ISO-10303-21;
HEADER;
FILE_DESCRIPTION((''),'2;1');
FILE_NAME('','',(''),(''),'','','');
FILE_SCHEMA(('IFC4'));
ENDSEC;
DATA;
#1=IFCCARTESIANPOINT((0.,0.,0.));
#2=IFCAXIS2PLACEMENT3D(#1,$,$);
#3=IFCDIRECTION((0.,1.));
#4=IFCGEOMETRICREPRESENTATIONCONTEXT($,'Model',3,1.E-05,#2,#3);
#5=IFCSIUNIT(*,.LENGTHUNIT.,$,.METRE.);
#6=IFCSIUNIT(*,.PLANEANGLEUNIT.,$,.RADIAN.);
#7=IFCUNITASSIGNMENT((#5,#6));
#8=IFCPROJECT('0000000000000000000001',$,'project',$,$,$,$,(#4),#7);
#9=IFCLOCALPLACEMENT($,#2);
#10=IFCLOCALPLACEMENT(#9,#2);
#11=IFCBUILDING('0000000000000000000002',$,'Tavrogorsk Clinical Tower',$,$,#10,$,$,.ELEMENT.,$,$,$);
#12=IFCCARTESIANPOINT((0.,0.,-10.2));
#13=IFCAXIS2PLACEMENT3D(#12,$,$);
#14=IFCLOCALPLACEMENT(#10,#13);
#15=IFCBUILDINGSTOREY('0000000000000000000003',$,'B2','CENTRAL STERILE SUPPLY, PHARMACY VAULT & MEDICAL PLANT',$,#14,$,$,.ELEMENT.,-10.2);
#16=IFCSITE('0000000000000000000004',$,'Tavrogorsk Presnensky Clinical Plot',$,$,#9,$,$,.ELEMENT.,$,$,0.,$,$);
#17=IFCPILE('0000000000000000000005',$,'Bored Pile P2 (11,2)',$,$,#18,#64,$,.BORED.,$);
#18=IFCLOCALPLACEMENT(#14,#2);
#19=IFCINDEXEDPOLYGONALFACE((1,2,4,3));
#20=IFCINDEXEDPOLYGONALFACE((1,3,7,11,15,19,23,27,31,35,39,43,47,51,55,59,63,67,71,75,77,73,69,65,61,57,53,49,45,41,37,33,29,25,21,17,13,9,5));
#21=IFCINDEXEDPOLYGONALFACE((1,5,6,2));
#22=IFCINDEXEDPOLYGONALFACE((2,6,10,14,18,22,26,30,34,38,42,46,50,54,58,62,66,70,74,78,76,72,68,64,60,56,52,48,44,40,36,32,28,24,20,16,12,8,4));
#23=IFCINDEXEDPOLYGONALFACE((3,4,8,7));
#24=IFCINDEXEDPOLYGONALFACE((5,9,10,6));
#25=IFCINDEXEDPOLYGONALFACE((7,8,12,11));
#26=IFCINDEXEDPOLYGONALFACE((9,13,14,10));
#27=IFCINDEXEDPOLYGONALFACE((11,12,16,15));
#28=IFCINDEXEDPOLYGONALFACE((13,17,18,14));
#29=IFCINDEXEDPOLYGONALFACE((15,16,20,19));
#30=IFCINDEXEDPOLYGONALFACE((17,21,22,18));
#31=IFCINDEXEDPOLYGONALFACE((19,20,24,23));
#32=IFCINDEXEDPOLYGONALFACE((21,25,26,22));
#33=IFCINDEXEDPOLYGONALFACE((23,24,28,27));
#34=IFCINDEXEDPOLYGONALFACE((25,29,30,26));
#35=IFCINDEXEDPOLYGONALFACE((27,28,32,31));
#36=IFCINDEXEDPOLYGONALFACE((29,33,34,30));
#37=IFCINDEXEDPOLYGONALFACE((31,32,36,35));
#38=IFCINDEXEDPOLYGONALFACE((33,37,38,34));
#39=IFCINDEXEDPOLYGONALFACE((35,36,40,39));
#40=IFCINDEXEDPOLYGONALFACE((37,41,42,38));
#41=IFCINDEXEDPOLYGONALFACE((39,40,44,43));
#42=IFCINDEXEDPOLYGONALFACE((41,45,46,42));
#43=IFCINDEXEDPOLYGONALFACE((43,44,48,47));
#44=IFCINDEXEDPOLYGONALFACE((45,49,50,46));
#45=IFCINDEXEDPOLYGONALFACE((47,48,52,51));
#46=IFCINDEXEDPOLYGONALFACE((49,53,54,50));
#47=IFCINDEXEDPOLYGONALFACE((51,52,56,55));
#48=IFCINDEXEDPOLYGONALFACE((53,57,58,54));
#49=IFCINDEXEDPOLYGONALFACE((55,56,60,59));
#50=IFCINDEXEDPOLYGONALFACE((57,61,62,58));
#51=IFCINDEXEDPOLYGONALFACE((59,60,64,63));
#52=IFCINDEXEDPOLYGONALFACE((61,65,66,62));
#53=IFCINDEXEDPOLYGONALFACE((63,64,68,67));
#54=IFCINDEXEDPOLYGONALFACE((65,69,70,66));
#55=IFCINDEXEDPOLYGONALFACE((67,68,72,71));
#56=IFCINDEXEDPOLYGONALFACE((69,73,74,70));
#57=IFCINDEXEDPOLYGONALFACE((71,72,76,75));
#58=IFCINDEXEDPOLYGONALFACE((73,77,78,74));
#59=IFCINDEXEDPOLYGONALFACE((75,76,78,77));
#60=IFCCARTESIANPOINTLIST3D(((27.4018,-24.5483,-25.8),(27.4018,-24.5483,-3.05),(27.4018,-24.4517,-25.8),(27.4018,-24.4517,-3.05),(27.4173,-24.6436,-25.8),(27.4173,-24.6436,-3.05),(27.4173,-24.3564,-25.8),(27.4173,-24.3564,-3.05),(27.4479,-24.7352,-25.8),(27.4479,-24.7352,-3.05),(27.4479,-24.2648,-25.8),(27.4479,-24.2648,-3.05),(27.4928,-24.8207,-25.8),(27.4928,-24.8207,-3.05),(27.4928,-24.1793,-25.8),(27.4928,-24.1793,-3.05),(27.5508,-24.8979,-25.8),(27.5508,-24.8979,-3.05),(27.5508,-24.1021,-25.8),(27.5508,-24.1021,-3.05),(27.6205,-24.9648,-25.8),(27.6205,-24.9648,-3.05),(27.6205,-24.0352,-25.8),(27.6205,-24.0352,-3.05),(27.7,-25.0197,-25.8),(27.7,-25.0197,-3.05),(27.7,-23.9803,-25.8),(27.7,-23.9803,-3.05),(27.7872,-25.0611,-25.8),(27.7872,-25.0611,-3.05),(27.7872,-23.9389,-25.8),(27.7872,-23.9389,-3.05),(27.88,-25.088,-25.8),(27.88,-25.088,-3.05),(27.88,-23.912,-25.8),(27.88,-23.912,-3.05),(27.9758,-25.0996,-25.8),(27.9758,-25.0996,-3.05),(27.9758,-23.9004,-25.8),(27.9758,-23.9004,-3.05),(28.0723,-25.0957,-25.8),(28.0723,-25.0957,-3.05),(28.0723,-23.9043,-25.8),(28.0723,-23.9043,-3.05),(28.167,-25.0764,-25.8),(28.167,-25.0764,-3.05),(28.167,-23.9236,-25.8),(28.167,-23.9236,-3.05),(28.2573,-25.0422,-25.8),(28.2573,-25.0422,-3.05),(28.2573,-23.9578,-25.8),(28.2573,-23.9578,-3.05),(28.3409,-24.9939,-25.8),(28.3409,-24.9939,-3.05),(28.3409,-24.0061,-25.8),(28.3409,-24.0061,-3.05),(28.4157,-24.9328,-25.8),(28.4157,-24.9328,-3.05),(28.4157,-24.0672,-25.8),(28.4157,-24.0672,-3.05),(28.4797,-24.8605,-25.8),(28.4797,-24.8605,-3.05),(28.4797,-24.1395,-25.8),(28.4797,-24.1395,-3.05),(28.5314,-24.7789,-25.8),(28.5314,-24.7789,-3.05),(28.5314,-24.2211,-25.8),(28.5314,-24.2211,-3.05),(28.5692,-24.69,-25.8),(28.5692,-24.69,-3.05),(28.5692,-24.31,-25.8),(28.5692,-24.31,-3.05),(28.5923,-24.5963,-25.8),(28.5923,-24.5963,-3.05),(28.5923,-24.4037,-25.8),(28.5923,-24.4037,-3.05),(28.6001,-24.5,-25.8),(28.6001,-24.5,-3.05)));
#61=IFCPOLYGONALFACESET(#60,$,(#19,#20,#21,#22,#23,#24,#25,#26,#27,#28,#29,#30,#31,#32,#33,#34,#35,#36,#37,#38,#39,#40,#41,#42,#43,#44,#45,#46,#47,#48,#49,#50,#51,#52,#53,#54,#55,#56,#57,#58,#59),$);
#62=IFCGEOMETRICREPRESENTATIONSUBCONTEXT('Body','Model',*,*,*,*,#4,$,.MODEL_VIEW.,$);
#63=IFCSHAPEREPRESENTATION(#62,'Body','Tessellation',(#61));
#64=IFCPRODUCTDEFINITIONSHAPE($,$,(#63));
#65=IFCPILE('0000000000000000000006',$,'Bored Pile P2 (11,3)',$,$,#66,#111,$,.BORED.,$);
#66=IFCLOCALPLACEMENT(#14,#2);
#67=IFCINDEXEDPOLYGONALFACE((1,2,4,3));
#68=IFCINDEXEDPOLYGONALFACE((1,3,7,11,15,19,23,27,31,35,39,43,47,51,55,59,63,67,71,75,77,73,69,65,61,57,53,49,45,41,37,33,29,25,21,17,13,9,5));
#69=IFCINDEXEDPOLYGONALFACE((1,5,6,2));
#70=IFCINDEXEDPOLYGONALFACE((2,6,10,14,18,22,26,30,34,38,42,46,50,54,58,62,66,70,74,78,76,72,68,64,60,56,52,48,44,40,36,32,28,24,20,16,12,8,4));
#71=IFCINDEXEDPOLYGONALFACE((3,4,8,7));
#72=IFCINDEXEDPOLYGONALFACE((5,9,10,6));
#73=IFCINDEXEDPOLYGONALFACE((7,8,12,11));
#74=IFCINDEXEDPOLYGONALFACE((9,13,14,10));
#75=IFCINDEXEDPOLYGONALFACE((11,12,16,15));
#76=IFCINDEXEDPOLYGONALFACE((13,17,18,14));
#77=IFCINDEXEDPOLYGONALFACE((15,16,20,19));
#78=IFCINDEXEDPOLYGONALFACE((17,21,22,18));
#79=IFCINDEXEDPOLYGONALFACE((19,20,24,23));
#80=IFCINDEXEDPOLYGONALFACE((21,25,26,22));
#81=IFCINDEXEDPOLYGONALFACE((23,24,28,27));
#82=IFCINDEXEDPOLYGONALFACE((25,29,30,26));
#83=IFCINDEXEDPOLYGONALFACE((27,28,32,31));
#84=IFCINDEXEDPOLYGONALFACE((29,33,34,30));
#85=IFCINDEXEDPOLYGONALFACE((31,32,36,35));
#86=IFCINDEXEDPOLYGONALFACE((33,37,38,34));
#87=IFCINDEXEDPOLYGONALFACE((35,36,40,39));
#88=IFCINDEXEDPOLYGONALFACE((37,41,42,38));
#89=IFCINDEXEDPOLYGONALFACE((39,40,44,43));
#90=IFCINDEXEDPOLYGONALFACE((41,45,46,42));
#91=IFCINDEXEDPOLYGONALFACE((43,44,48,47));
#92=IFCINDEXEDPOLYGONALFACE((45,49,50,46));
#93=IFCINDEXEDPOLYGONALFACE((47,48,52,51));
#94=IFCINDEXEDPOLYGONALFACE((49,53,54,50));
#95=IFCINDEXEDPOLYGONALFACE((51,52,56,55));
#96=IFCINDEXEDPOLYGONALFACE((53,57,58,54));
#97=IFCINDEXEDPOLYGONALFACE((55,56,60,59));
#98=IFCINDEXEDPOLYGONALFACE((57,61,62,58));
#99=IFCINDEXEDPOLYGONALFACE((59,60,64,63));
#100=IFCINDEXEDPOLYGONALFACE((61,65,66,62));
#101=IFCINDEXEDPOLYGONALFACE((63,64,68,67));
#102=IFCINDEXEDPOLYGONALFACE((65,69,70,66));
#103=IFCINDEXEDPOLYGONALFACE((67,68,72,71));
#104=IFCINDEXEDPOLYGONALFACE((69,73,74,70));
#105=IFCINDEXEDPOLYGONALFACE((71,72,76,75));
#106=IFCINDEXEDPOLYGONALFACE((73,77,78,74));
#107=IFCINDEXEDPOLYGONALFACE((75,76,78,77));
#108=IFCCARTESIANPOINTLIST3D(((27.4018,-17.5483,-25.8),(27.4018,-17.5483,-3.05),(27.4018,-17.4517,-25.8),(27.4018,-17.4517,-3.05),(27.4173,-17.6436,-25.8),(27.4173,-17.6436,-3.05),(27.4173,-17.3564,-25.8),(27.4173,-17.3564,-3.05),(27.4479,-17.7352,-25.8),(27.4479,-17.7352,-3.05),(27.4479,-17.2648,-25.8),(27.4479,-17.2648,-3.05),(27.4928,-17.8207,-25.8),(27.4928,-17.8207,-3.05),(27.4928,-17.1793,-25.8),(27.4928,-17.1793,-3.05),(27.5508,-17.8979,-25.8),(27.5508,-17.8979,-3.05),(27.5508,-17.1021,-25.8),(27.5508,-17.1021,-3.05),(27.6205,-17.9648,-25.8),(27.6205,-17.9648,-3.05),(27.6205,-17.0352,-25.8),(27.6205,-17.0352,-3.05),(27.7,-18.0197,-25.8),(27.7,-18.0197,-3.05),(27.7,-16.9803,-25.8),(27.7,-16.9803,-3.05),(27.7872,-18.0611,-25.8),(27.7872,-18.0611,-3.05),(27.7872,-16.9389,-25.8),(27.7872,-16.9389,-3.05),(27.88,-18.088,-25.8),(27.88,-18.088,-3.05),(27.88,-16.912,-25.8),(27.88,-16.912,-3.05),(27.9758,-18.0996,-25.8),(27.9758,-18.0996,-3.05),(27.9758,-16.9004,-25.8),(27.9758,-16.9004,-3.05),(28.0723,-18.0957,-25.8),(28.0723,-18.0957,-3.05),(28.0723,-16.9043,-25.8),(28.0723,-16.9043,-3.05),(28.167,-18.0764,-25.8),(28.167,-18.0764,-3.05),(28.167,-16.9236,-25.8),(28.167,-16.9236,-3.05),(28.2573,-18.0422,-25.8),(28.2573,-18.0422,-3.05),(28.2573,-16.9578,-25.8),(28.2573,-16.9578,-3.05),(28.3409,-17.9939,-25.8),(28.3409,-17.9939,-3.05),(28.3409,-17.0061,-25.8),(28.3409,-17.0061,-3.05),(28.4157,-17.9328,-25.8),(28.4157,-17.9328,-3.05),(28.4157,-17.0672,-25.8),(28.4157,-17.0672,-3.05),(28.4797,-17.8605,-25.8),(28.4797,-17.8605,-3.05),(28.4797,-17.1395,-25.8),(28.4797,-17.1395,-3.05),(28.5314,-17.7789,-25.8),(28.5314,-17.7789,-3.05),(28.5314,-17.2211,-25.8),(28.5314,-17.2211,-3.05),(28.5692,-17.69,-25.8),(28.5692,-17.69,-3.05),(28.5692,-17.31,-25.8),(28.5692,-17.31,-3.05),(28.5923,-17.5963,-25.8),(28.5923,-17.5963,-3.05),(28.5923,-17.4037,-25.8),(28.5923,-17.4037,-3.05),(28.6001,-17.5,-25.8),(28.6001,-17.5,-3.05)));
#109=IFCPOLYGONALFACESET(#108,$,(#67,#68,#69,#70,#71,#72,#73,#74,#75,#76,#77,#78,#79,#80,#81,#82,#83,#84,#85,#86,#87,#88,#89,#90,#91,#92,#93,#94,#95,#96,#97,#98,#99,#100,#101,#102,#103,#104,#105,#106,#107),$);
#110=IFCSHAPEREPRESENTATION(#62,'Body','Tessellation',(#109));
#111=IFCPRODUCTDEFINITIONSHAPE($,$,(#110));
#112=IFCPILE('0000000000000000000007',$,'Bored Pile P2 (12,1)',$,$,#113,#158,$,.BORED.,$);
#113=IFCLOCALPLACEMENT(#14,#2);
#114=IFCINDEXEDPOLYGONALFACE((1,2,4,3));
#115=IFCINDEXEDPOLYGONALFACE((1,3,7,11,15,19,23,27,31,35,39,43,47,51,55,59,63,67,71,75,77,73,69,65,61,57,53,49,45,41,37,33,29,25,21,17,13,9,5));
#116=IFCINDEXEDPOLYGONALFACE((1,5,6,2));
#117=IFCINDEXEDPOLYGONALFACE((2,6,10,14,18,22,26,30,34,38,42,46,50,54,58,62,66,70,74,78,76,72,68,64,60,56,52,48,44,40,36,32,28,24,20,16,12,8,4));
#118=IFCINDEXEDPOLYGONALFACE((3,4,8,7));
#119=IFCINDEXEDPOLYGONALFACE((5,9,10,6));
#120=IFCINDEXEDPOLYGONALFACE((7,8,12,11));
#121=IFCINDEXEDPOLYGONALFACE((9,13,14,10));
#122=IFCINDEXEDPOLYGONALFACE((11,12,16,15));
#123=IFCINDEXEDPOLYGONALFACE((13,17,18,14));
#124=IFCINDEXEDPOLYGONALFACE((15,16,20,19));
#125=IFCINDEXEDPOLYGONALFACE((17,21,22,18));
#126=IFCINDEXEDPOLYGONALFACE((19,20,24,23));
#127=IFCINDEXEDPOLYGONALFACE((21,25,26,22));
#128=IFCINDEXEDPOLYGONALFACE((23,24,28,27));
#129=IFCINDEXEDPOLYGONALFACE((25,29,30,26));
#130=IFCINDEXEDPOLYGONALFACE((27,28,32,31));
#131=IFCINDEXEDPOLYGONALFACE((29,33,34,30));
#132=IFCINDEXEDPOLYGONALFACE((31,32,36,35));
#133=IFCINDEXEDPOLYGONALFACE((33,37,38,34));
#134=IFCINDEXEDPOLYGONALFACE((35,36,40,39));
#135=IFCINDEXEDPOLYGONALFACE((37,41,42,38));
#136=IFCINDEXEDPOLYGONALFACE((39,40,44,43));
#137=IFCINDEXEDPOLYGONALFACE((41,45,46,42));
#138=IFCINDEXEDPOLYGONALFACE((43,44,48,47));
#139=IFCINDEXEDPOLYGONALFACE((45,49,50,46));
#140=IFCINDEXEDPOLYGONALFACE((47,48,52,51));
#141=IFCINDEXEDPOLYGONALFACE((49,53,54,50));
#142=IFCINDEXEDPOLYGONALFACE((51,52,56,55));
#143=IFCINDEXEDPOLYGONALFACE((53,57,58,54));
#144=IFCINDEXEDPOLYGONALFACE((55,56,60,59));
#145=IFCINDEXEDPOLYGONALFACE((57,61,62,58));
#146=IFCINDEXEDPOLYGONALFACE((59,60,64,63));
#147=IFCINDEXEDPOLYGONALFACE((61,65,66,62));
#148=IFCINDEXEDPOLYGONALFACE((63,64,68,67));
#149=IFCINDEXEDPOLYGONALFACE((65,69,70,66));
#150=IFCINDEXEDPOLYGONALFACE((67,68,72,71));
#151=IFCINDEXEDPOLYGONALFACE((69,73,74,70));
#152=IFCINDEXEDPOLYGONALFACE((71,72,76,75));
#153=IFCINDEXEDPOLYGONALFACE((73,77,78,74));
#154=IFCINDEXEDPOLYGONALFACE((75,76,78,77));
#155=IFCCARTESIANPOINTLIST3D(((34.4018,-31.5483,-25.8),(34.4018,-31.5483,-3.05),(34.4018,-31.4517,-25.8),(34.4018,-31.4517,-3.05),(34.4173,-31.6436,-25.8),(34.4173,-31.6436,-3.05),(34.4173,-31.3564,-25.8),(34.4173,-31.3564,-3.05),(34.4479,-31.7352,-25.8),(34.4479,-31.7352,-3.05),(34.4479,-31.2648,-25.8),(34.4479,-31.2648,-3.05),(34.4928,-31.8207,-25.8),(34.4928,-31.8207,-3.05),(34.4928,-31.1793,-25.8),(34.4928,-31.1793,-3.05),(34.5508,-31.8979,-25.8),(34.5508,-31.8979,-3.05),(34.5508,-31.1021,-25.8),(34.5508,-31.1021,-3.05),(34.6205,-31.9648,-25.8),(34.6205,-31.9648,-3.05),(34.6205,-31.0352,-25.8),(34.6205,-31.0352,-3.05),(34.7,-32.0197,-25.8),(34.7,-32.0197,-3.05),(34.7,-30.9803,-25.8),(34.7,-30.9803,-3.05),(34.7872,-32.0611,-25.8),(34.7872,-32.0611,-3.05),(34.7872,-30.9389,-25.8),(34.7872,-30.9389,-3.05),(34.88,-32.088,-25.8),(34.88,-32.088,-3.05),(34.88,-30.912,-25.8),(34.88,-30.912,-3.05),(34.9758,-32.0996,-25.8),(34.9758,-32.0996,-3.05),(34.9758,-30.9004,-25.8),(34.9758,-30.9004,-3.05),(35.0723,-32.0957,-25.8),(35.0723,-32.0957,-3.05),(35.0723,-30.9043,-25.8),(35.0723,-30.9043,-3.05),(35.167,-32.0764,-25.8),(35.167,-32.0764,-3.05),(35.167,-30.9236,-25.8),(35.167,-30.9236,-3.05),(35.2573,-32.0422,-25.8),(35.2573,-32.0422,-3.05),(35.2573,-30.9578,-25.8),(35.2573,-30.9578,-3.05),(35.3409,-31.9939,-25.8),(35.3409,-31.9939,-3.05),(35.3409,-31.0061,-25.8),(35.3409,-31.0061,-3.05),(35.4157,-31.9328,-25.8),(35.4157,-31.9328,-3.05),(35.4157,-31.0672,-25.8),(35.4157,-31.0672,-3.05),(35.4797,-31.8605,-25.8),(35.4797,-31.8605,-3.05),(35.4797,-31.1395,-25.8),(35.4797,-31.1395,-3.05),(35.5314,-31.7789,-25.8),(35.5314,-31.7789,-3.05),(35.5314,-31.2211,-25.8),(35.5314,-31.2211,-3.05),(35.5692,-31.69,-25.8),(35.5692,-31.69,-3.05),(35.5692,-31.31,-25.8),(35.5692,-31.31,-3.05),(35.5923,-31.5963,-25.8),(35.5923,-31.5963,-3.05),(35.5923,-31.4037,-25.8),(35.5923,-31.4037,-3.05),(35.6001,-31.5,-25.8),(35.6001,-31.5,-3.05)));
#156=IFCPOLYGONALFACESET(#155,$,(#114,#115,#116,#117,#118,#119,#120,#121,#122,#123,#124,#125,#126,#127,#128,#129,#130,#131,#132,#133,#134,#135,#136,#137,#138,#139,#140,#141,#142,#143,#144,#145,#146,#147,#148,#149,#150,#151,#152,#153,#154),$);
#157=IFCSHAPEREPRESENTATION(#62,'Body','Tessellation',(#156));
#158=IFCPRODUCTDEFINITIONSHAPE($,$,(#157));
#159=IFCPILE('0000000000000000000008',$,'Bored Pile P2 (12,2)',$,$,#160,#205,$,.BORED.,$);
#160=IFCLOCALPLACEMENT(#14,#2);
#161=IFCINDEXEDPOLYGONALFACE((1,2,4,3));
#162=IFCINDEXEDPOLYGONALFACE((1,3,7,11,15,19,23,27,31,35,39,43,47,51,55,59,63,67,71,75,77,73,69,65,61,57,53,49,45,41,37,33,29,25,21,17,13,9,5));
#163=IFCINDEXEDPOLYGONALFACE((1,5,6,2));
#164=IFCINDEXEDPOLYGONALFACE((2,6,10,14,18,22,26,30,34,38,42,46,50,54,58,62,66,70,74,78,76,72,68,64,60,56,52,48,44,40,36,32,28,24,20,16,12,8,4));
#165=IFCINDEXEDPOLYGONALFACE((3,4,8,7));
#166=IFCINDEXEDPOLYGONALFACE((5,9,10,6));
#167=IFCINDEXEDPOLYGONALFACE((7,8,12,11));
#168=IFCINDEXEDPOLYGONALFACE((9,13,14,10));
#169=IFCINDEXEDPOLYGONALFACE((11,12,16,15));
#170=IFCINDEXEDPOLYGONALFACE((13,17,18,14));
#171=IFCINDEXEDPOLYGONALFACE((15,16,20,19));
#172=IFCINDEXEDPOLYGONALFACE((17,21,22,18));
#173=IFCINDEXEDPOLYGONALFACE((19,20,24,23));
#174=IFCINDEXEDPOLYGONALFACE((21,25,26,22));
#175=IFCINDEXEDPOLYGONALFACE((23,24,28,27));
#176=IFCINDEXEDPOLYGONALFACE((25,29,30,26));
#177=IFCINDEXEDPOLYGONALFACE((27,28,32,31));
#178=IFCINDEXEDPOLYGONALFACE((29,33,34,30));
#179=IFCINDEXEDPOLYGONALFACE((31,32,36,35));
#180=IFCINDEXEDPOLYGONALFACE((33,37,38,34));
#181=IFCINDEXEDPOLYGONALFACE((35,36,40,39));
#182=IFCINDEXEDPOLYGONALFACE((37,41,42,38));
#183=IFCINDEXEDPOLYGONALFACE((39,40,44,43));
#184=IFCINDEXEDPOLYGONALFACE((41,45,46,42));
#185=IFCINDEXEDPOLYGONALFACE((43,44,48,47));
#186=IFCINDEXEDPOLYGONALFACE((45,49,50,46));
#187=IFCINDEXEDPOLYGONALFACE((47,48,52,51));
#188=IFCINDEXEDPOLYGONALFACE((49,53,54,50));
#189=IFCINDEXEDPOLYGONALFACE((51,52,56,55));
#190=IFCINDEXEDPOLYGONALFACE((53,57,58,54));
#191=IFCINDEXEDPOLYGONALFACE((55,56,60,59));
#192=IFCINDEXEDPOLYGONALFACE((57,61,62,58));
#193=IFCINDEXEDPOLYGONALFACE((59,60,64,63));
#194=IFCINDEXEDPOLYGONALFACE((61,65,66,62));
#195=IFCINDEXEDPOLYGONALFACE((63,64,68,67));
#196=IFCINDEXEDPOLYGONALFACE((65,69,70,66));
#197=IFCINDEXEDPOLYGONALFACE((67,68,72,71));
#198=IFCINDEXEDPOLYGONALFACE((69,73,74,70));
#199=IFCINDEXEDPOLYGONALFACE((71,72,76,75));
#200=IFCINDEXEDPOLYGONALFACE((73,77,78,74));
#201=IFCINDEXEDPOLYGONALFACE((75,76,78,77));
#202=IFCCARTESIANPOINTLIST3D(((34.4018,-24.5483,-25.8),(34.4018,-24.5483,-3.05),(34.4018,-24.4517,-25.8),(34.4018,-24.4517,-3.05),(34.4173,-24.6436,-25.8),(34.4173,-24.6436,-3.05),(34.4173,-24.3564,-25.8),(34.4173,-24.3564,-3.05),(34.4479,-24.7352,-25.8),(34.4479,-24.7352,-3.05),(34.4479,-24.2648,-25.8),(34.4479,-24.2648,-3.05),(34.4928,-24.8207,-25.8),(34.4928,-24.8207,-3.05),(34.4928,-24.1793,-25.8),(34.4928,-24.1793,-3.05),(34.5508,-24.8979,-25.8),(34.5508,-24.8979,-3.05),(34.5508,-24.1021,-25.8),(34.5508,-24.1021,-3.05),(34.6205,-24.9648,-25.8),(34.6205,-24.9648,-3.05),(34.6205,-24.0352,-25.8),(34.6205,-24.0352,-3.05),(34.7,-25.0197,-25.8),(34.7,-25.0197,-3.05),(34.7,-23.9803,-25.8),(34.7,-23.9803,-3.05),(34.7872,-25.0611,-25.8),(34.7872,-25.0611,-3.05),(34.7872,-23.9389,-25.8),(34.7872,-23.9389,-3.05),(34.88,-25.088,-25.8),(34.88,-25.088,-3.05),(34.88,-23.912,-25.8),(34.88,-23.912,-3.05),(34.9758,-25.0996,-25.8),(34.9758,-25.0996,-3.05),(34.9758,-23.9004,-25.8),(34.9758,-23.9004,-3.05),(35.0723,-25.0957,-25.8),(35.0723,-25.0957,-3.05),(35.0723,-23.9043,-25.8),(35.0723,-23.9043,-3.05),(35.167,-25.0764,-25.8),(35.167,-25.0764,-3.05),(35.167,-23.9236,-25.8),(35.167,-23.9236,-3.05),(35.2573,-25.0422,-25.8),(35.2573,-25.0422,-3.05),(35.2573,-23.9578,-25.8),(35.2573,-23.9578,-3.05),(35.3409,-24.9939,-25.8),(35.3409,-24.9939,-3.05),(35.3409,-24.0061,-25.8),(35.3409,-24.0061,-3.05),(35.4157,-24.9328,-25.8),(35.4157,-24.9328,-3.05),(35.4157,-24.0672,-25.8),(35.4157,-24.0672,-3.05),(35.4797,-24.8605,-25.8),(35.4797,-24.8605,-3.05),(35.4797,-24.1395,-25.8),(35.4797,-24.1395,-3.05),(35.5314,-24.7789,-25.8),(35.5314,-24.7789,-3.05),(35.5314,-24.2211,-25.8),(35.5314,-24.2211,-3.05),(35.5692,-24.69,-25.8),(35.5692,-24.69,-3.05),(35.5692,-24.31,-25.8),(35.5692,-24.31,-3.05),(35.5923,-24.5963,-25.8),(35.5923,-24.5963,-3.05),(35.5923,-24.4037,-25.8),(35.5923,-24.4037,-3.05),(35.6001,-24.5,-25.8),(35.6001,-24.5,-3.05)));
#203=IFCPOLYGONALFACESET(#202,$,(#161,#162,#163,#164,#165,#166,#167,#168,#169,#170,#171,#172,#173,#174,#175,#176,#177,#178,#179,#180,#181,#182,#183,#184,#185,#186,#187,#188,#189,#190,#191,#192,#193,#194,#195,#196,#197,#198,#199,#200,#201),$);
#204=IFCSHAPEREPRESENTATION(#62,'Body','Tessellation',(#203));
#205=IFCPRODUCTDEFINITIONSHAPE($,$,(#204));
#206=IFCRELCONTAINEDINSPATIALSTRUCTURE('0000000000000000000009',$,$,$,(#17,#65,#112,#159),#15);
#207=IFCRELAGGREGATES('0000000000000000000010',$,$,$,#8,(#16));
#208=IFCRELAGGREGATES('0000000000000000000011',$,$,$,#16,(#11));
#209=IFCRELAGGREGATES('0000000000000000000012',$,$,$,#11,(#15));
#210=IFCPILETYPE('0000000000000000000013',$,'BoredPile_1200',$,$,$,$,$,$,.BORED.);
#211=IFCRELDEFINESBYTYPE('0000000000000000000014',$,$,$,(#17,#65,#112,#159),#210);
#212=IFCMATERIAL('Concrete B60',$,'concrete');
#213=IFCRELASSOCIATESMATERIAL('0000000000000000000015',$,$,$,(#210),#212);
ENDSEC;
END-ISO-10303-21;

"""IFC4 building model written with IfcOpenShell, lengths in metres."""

from ifc_helpers import new_model, si_unit, direction, frame, origin, origin_2d, place, context, subcontext, project, spatial, circle, extrude, material, material_profile, profile_set, type_object, element, save


model = new_model("IFC4")

# Units and contexts
model_context = context("Model", 3, precision=1e-05, world=origin(), true_north=direction((0.0, 1.0)))
body_context = subcontext(model_context, "Body", "Model", "MODEL_VIEW")
ifc_project = project(units=[si_unit("LENGTHUNIT", "METRE"), si_unit("PLANEANGLEUNIT", "RADIAN")], contexts=[model_context])

# Site, building, storey
site_placement = place(None, origin())
site = spatial("IfcSite", under=ifc_project, at=site_placement, Name="Tavrogorsk Presnensky Clinical Plot", CompositionType="ELEMENT", RefElevation=0.0)
building_placement = place(site_placement, origin())
building = spatial("IfcBuilding", under=site, at=building_placement, Name="Tavrogorsk Clinical Tower", CompositionType="ELEMENT")
storey_placement = place(building_placement, frame((0.0, 0.0, -10.2)))
storey = spatial("IfcBuildingStorey", under=building, at=storey_placement, Name="B2", Description="CENTRAL STERILE SUPPLY, PHARMACY VAULT & MEDICAL PLANT", CompositionType="ELEMENT", Elevation=-10.2)

# Piles
ifc_material_1 = material(Name="Concrete B60", Category="concrete")
ifc_material_profile_1 = material_profile(ifc_material_1, circle(Radius=0.6001, at=origin_2d()), Name="BORED-PILE-1200")
ifc_profile_set_1 = profile_set([ifc_material_profile_1], Name="Concrete B60")
pile_type = type_object("IfcPileType", Name="BoredPile_1200", PredefinedType="BORED", material=ifc_profile_set_1)
for number, where, z_axis, x_axis, name in (
    (1, (28.0, -24.5, -3.05), (0.0, 0.0, -1.0), (1.0, 0.0, 0.0), "Bored Pile P2 (11,2)"),
    (2, (28.0, -17.5, -3.05), (0.0, 0.0, -1.0), (1.0, 0.0, 0.0), "Bored Pile P2 (11,3)"),
    (3, (35.0, -31.5, -3.05), (0.0, 0.0, -1.0), (1.0, 0.0, 0.0), "Bored Pile P2 (12,1)"),
    (4, (35.0, -24.5, -3.05), (0.0, 0.0, -1.0), (1.0, 0.0, 0.0), "Bored Pile P2 (12,2)"),
):
    element("IfcPile", number, at=place(storey_placement, frame(where, z_axis=z_axis, x_axis=x_axis)), inside=storey, type_object=pile_type, Name=name, PredefinedType="BORED", context=body_context, shape_type="SweptSolid", body=[
        extrude(circle(Radius=0.6001, at=origin_2d()), origin(), (0.0, 0.0, 1.0), 22.75),
    ])

save(model, "model.ifc")
